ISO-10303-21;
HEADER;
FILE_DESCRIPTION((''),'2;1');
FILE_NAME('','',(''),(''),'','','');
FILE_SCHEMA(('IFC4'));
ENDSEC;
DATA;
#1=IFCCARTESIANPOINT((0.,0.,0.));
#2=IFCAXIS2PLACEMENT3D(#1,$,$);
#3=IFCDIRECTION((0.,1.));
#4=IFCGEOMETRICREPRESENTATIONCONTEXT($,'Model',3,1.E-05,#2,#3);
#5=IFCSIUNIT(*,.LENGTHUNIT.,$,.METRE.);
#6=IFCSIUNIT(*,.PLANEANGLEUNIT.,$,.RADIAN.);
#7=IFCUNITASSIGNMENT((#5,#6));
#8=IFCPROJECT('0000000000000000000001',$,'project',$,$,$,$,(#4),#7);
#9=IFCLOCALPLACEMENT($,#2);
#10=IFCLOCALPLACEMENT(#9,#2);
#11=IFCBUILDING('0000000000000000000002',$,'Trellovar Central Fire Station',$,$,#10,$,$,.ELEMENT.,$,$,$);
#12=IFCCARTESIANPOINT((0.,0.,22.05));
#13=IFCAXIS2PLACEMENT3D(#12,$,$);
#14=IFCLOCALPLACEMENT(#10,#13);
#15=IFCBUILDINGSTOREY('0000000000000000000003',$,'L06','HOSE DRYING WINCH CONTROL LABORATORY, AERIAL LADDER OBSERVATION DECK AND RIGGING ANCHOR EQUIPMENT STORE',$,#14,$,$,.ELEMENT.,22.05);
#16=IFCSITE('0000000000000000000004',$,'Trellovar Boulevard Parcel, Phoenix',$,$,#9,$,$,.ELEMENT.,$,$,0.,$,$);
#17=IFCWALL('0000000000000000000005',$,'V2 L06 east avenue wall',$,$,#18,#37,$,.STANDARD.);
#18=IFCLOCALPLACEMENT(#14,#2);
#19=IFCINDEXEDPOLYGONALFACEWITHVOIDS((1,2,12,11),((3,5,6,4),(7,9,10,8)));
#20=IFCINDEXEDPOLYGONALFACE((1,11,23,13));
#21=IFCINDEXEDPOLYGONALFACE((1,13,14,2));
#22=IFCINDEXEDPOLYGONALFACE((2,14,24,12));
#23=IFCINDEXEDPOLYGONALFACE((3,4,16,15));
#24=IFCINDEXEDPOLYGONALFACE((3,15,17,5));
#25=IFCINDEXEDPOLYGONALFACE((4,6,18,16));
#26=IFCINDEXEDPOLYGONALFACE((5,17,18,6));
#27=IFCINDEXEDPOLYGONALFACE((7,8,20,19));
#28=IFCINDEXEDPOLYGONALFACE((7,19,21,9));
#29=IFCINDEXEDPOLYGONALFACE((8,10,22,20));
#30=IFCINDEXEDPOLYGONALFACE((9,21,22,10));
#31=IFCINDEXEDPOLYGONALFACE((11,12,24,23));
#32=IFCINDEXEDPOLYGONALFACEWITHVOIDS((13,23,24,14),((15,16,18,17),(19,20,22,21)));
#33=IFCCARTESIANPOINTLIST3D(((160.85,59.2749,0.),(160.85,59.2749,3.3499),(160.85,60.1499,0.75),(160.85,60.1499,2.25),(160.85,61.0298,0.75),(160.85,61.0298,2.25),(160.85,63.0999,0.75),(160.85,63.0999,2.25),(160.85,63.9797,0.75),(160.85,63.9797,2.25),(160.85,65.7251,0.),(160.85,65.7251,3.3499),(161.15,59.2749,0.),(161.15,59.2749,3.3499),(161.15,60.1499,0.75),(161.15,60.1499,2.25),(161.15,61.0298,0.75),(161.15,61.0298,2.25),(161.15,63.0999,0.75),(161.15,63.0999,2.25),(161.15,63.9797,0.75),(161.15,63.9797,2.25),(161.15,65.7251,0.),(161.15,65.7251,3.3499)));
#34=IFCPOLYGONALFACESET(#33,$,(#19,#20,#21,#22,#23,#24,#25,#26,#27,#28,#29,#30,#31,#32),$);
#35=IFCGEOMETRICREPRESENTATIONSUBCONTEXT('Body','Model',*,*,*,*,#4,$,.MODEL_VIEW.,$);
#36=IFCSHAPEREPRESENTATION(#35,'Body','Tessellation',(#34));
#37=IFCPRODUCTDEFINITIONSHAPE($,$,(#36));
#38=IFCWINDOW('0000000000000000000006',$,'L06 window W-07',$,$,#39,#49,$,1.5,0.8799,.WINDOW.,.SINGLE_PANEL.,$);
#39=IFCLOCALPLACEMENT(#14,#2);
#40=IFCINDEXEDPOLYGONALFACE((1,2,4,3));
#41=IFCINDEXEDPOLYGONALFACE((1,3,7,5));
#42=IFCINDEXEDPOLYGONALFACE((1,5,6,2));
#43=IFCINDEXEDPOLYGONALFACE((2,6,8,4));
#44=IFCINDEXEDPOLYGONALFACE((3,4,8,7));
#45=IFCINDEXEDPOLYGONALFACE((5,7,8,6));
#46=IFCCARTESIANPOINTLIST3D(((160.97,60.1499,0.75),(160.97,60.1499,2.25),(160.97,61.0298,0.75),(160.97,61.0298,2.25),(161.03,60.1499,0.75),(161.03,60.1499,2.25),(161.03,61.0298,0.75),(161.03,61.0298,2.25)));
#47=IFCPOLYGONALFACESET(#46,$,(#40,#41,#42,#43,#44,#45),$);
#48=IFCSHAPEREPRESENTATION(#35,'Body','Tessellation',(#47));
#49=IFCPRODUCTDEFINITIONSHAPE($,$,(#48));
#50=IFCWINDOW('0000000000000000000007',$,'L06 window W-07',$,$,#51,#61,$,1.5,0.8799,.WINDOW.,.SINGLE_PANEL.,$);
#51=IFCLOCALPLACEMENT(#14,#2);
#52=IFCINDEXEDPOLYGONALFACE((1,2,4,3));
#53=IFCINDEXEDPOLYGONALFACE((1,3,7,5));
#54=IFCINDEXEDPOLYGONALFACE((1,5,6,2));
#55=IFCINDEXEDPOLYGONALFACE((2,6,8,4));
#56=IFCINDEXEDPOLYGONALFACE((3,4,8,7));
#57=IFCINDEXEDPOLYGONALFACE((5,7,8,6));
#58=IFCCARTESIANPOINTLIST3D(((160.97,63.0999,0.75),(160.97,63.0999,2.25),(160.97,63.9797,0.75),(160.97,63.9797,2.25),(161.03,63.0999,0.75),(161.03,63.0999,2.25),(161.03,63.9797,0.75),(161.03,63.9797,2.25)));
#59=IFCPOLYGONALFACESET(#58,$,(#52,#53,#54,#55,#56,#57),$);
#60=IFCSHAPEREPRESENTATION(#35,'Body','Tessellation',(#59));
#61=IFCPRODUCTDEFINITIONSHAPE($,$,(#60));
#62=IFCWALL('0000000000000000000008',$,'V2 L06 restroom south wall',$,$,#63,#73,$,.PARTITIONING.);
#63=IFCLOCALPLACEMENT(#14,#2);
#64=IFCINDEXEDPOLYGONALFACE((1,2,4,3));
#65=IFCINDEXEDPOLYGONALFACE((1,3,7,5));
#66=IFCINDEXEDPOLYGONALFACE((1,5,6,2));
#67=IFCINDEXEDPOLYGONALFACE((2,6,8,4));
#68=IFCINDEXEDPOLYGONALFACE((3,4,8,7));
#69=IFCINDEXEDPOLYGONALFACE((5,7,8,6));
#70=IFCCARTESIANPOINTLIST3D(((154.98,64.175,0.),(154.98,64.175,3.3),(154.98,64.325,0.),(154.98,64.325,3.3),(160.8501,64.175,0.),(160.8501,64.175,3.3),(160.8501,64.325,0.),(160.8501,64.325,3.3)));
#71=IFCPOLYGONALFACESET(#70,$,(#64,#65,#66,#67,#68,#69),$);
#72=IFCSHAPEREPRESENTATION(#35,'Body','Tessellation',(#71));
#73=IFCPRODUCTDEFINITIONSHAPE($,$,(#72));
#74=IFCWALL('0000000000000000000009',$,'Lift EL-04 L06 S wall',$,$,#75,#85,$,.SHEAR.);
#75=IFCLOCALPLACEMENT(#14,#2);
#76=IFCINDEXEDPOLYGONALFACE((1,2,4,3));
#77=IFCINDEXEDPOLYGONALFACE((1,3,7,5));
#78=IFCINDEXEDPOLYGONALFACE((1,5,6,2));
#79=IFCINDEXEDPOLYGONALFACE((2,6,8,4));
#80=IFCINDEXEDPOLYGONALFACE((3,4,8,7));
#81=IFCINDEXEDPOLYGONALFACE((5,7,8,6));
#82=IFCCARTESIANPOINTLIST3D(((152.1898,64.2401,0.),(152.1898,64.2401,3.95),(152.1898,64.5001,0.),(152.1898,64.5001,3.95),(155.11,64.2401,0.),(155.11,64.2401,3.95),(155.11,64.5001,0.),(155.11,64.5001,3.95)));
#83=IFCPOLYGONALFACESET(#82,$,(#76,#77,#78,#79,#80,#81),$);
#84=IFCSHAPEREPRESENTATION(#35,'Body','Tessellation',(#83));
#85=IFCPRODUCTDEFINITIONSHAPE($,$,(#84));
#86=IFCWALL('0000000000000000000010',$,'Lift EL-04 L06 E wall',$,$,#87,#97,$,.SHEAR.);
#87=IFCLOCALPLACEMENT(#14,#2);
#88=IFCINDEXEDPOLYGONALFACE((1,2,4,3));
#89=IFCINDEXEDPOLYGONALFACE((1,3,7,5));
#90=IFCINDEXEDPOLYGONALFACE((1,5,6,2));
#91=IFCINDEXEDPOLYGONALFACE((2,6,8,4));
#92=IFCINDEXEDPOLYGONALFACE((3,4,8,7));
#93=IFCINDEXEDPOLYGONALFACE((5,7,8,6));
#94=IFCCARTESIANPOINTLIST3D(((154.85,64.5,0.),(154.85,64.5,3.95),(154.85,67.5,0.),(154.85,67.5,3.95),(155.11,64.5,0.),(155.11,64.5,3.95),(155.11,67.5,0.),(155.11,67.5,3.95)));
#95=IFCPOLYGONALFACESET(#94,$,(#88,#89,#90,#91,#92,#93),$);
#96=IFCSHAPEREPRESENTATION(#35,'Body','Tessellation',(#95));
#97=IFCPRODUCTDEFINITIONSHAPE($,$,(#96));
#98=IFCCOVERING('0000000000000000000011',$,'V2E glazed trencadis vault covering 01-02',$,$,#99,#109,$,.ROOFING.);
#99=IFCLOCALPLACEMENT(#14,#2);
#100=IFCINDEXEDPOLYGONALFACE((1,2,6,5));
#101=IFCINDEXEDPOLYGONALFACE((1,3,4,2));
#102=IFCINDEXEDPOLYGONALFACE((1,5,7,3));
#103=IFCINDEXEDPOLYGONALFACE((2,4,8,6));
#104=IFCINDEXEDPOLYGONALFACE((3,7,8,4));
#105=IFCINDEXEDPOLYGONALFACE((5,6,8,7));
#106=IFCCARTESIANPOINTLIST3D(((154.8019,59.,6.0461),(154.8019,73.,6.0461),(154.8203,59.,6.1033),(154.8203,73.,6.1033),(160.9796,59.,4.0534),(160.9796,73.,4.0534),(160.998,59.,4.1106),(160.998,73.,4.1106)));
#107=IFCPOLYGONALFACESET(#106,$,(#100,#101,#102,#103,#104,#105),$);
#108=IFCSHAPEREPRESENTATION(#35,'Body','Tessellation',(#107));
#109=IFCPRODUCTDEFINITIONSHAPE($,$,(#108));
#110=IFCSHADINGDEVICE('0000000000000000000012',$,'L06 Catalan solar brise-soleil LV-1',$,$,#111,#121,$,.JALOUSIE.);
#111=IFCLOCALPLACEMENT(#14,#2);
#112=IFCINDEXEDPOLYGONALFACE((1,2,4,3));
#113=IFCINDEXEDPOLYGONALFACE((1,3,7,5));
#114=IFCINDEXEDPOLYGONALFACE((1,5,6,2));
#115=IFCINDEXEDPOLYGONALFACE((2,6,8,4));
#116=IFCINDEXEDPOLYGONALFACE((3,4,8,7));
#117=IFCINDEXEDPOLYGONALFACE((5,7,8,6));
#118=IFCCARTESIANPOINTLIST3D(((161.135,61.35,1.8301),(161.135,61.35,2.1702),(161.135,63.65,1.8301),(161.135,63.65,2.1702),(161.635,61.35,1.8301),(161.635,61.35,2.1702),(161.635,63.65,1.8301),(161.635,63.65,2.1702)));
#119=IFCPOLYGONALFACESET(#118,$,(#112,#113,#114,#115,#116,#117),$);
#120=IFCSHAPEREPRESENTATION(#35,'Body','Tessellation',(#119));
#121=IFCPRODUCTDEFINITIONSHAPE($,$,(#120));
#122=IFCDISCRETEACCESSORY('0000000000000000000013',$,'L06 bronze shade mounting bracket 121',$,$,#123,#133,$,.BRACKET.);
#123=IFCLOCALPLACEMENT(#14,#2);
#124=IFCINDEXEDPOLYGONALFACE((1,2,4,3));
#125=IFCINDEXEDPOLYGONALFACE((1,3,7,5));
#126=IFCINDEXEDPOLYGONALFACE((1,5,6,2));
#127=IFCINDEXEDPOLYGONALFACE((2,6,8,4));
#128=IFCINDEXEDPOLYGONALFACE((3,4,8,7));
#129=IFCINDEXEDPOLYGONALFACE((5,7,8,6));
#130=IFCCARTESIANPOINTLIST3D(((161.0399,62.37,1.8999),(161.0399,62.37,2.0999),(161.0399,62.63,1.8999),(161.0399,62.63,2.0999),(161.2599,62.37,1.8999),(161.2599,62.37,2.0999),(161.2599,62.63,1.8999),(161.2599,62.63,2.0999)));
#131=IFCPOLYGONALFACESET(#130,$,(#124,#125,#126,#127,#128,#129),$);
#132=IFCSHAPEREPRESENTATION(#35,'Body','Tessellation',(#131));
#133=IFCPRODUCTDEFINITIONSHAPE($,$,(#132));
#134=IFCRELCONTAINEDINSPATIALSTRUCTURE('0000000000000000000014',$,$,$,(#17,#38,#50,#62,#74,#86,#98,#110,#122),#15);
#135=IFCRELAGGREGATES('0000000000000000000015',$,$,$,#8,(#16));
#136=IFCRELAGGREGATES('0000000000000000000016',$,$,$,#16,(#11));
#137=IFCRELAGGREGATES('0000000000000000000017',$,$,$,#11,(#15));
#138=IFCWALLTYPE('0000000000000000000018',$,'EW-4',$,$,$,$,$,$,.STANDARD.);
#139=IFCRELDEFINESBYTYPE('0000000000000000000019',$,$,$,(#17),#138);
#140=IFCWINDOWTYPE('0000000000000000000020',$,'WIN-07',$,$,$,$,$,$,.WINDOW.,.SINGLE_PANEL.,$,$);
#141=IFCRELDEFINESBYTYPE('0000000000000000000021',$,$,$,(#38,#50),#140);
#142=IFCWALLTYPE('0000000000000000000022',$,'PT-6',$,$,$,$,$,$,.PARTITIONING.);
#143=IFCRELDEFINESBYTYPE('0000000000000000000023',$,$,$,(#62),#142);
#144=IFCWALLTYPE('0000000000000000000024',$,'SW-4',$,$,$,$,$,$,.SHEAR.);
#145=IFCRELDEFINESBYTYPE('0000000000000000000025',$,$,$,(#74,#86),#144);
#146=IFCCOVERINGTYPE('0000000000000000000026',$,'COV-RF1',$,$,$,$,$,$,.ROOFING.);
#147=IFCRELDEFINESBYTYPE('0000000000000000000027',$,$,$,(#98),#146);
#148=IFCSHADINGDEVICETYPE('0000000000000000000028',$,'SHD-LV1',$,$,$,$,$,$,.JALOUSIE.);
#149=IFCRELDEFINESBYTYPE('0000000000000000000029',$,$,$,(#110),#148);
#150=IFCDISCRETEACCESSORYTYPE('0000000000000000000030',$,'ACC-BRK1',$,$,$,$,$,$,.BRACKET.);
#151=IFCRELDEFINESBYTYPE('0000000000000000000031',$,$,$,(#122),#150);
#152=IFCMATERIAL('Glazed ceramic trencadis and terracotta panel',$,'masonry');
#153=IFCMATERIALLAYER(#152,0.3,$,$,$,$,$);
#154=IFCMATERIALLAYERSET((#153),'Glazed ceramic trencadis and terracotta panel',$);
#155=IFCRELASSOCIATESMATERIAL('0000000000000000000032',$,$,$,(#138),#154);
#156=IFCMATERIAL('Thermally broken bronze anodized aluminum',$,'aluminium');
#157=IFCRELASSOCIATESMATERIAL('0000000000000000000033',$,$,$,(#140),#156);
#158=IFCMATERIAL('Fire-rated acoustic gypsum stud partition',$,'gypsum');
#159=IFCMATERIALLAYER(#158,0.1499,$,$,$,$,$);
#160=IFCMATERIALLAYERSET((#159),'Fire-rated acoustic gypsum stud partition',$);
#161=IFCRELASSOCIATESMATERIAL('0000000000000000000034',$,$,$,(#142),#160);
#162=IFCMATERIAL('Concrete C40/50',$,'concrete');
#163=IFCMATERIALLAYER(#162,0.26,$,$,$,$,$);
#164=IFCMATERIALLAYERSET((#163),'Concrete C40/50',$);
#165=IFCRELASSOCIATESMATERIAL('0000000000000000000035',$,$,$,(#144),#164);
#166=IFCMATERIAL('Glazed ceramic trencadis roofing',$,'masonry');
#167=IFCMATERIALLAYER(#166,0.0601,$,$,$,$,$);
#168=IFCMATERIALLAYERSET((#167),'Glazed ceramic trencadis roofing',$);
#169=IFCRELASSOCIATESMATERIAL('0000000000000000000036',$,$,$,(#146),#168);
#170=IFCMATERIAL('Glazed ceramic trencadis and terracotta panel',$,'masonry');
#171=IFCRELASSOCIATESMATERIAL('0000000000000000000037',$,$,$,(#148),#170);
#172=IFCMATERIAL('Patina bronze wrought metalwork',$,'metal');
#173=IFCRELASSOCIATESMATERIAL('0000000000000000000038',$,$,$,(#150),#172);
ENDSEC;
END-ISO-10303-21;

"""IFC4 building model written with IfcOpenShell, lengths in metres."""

from ifc_helpers import new_model, si_unit, direction, frame, frame_2d, origin, origin_2d, place, context, subcontext, project, spatial, polyline, rectangle, outline, extrude, material, layer, layer_set, type_object, element, fill, save


model = new_model("IFC4")

# Units and contexts
model_context = context("Model", 3, precision=1e-05, world=origin(), true_north=direction((0.0, 1.0)))
body_context = subcontext(model_context, "Body", "Model", "MODEL_VIEW")
ifc_project = project(units=[si_unit("LENGTHUNIT", "METRE"), si_unit("PLANEANGLEUNIT", "RADIAN")], contexts=[model_context])

# Site, building, storey
site_placement = place(None, origin())
site = spatial("IfcSite", under=ifc_project, at=site_placement, Name="Trellovar Boulevard Parcel, Phoenix", CompositionType="ELEMENT", RefElevation=0.0)
building_placement = place(site_placement, origin())
building = spatial("IfcBuilding", under=site, at=building_placement, Name="Trellovar Central Fire Station", CompositionType="ELEMENT")
storey_placement = place(building_placement, frame((0.0, 0.0, 22.05)))
storey = spatial("IfcBuildingStorey", under=building, at=storey_placement, Name="L06", Description="HOSE DRYING WINCH CONTROL LABORATORY, AERIAL LADDER OBSERVATION DECK AND RIGGING ANCHOR EQUIPMENT STORE", CompositionType="ELEMENT", Elevation=22.05)

# Wall, openings, windows
ifc_material_1 = material(Name="Glazed ceramic trencadis and terracotta panel", Category="masonry")
ifc_layer_1 = layer(ifc_material_1, 0.3)
ifc_layer_set_1 = layer_set([ifc_layer_1], Name="Glazed ceramic trencadis and terracotta panel")
wall_type_1 = type_object("IfcWallType", Name="EW-4", PredefinedType="STANDARD", material=ifc_layer_set_1)
wall_1_placement = place(storey_placement, frame((161.0, 59.2749, 0.0), z_axis=(0.0, 0.0, 1.0), x_axis=(0.0, 1.0, 0.0)))
wall_1 = element("IfcWall", 1, at=wall_1_placement, inside=storey, type_object=wall_type_1, Name="V2 L06 east avenue wall", PredefinedType="STANDARD", context=body_context, shape_type="SweptSolid", body=[
    extrude(rectangle(XDim=6.4502, YDim=0.3, at=frame_2d((3.2251, 0.0))), origin(), (0.0, 0.0, 1.0), 3.3499),
])
opening_1_placement = place(wall_1_placement, frame((0.875, 0.0, 0.75)))
opening_1 = element("IfcOpeningElement", 2, at=opening_1_placement, cuts=wall_1, PredefinedType="OPENING", context=body_context, shape_type="SweptSolid", body=[
    extrude(rectangle(XDim=0.8799, YDim=1.5, at=frame_2d((0.4399, 0.75))), frame((0.0, 0.1599, 0.0), z_axis=(0.0, -1.0, 0.0), x_axis=(1.0, 0.0, 0.0)), (0.0, 0.0, 1.0), 0.3201),
])
opening_2_placement = place(wall_1_placement, frame((3.825, 0.0, 0.75)))
opening_2 = element("IfcOpeningElement", 3, at=opening_2_placement, cuts=wall_1, PredefinedType="OPENING", context=body_context, shape_type="SweptSolid", body=[
    extrude(rectangle(XDim=0.8799, YDim=1.5, at=frame_2d((0.4399, 0.75))), frame((0.0, 0.1599, 0.0), z_axis=(0.0, -1.0, 0.0), x_axis=(1.0, 0.0, 0.0)), (0.0, 0.0, 1.0), 0.3201),
])
ifc_material_2 = material(Name="Thermally broken bronze anodized aluminum", Category="aluminium")
window_type = type_object("IfcWindowType", Name="WIN-07", PartitioningType="SINGLE_PANEL", PredefinedType="WINDOW", material=ifc_material_2)
window_1_placement = place(opening_1_placement, origin())
window_1 = element("IfcWindow", 4, at=window_1_placement, inside=storey, type_object=window_type, Name="L06 window W-07", OverallHeight=1.5, OverallWidth=0.8799, PartitioningType="SINGLE_PANEL", PredefinedType="WINDOW", context=body_context, shape_type="SweptSolid", body=[
    extrude(rectangle(XDim=0.8799, YDim=1.5, at=frame_2d((0.4399, 0.75))), frame((0.0, 0.03, 0.0), z_axis=(0.0, -1.0, 0.0), x_axis=(1.0, 0.0, 0.0)), (0.0, 0.0, 1.0), 0.0601),
])
fill(opening_1, window_1)
window_2_placement = place(opening_2_placement, origin())
window_2 = element("IfcWindow", 5, at=window_2_placement, inside=storey, type_object=window_type, Name="L06 window W-07", OverallHeight=1.5, OverallWidth=0.8799, PartitioningType="SINGLE_PANEL", PredefinedType="WINDOW", context=body_context, shape_type="SweptSolid", body=[
    extrude(rectangle(XDim=0.8799, YDim=1.5, at=frame_2d((0.4399, 0.75))), frame((0.0, 0.03, 0.0), z_axis=(0.0, -1.0, 0.0), x_axis=(1.0, 0.0, 0.0)), (0.0, 0.0, 1.0), 0.0601),
])
fill(opening_2, window_2)

# Walls
ifc_material_3 = material(Name="Fire-rated acoustic gypsum stud partition", Category="gypsum")
ifc_layer_2 = layer(ifc_material_3, 0.1499)
ifc_layer_set_2 = layer_set([ifc_layer_2], Name="Fire-rated acoustic gypsum stud partition")
wall_type_2 = type_object("IfcWallType", Name="PT-6", PredefinedType="PARTITIONING", material=ifc_layer_set_2)
wall_2_placement = place(storey_placement, frame((154.98, 64.25, 0.0), z_axis=(0.0, 0.0, 1.0), x_axis=(1.0, 0.0, 0.0)))
element("IfcWall", 6, at=wall_2_placement, inside=storey, type_object=wall_type_2, Name="V2 L06 restroom south wall", PredefinedType="PARTITIONING", context=body_context, shape_type="SweptSolid", body=[
    extrude(rectangle(XDim=5.8701, YDim=0.1499, at=frame_2d((2.9351, 0.0))), origin(), (0.0, 0.0, 1.0), 3.3),
])
ifc_material_4 = material(Name="Concrete C40/50", Category="concrete")
ifc_layer_3 = layer(ifc_material_4, 0.26)
ifc_layer_set_3 = layer_set([ifc_layer_3], Name="Concrete C40/50")
wall_type_3 = type_object("IfcWallType", Name="SW-4", PredefinedType="SHEAR", material=ifc_layer_set_3)
wall_3_placement = place(storey_placement, frame((152.1899, 64.3701, 0.0), z_axis=(0.0, 0.0, 1.0), x_axis=(1.0, 0.0, 0.0)))
element("IfcWall", 7, at=wall_3_placement, inside=storey, type_object=wall_type_3, Name="Lift EL-04 L06 S wall", PredefinedType="SHEAR", context=body_context, shape_type="SweptSolid", body=[
    extrude(rectangle(XDim=2.9202, YDim=0.26, at=frame_2d((1.46, 0.0))), origin(), (0.0, 0.0, 1.0), 3.95),
])
wall_4_placement = place(storey_placement, frame((154.98, 64.5, 0.0), z_axis=(0.0, 0.0, 1.0), x_axis=(0.0, 1.0, 0.0)))
element("IfcWall", 8, at=wall_4_placement, inside=storey, type_object=wall_type_3, Name="Lift EL-04 L06 E wall", PredefinedType="SHEAR", context=body_context, shape_type="SweptSolid", body=[
    extrude(rectangle(XDim=3.0, YDim=0.26, at=frame_2d((1.5, 0.0))), origin(), (0.0, 0.0, 1.0), 3.95),
])

# Covering
ifc_material_5 = material(Name="Glazed ceramic trencadis roofing", Category="masonry")
ifc_layer_4 = layer(ifc_material_5, 0.0601)
ifc_layer_set_4 = layer_set([ifc_layer_4], Name="Glazed ceramic trencadis roofing")
covering_type = type_object("IfcCoveringType", Name="COV-RF1", PredefinedType="ROOFING", material=ifc_layer_set_4)
covering_placement = place(storey_placement, frame((154.8203, 59.0, 6.1033), z_axis=(0.306983, 0.0, 0.951715), x_axis=(0.951715, 0.0, -0.306983)))
element("IfcCovering", 9, at=covering_placement, inside=storey, type_object=covering_type, Name="V2E glazed trencadis vault covering 01-02", PredefinedType="ROOFING", context=body_context, shape_type="SweptSolid", body=[
    extrude(outline(polyline([(0.0, 0.0), (6.4912, 0.0), (6.4912, 14.0), (0.0, 14.0), (0.0, 0.0)])), origin(), (0.0, 0.0, -1.0), 0.0601),
])

# Shading device
ifc_material_6 = material(Name="Glazed ceramic trencadis and terracotta panel", Category="masonry")
shading_device_type = type_object("IfcShadingDeviceType", Name="SHD-LV1", PredefinedType="JALOUSIE", material=ifc_material_6)
shading_device_placement = place(storey_placement, frame((161.385, 62.5, 1.8301), z_axis=(0.0, 0.0, 1.0), x_axis=(0.0, 1.0, 0.0)))
element("IfcShadingDevice", 10, at=shading_device_placement, inside=storey, type_object=shading_device_type, Name="L06 Catalan solar brise-soleil LV-1", PredefinedType="JALOUSIE", context=body_context, shape_type="SweptSolid", body=[
    extrude(rectangle(XDim=2.3, YDim=0.5, at=origin_2d()), origin(), (0.0, 0.0, 1.0), 0.3401),
])

# Discrete accessory
ifc_material_7 = material(Name="Patina bronze wrought metalwork", Category="metal")
discrete_accessory_type = type_object("IfcDiscreteAccessoryType", Name="ACC-BRK1", PredefinedType="BRACKET", material=ifc_material_7)
discrete_accessory_placement = place(storey_placement, frame((161.1499, 62.5, 1.8999), z_axis=(0.0, 0.0, 1.0), x_axis=(0.0, 1.0, 0.0)))
element("IfcDiscreteAccessory", 11, at=discrete_accessory_placement, inside=storey, type_object=discrete_accessory_type, Name="L06 bronze shade mounting bracket 121", PredefinedType="BRACKET", context=body_context, shape_type="SweptSolid", body=[
    extrude(rectangle(XDim=0.26, YDim=0.22, at=origin_2d()), origin(), (0.0, 0.0, 1.0), 0.2),
])

save(model, "model.ifc")
